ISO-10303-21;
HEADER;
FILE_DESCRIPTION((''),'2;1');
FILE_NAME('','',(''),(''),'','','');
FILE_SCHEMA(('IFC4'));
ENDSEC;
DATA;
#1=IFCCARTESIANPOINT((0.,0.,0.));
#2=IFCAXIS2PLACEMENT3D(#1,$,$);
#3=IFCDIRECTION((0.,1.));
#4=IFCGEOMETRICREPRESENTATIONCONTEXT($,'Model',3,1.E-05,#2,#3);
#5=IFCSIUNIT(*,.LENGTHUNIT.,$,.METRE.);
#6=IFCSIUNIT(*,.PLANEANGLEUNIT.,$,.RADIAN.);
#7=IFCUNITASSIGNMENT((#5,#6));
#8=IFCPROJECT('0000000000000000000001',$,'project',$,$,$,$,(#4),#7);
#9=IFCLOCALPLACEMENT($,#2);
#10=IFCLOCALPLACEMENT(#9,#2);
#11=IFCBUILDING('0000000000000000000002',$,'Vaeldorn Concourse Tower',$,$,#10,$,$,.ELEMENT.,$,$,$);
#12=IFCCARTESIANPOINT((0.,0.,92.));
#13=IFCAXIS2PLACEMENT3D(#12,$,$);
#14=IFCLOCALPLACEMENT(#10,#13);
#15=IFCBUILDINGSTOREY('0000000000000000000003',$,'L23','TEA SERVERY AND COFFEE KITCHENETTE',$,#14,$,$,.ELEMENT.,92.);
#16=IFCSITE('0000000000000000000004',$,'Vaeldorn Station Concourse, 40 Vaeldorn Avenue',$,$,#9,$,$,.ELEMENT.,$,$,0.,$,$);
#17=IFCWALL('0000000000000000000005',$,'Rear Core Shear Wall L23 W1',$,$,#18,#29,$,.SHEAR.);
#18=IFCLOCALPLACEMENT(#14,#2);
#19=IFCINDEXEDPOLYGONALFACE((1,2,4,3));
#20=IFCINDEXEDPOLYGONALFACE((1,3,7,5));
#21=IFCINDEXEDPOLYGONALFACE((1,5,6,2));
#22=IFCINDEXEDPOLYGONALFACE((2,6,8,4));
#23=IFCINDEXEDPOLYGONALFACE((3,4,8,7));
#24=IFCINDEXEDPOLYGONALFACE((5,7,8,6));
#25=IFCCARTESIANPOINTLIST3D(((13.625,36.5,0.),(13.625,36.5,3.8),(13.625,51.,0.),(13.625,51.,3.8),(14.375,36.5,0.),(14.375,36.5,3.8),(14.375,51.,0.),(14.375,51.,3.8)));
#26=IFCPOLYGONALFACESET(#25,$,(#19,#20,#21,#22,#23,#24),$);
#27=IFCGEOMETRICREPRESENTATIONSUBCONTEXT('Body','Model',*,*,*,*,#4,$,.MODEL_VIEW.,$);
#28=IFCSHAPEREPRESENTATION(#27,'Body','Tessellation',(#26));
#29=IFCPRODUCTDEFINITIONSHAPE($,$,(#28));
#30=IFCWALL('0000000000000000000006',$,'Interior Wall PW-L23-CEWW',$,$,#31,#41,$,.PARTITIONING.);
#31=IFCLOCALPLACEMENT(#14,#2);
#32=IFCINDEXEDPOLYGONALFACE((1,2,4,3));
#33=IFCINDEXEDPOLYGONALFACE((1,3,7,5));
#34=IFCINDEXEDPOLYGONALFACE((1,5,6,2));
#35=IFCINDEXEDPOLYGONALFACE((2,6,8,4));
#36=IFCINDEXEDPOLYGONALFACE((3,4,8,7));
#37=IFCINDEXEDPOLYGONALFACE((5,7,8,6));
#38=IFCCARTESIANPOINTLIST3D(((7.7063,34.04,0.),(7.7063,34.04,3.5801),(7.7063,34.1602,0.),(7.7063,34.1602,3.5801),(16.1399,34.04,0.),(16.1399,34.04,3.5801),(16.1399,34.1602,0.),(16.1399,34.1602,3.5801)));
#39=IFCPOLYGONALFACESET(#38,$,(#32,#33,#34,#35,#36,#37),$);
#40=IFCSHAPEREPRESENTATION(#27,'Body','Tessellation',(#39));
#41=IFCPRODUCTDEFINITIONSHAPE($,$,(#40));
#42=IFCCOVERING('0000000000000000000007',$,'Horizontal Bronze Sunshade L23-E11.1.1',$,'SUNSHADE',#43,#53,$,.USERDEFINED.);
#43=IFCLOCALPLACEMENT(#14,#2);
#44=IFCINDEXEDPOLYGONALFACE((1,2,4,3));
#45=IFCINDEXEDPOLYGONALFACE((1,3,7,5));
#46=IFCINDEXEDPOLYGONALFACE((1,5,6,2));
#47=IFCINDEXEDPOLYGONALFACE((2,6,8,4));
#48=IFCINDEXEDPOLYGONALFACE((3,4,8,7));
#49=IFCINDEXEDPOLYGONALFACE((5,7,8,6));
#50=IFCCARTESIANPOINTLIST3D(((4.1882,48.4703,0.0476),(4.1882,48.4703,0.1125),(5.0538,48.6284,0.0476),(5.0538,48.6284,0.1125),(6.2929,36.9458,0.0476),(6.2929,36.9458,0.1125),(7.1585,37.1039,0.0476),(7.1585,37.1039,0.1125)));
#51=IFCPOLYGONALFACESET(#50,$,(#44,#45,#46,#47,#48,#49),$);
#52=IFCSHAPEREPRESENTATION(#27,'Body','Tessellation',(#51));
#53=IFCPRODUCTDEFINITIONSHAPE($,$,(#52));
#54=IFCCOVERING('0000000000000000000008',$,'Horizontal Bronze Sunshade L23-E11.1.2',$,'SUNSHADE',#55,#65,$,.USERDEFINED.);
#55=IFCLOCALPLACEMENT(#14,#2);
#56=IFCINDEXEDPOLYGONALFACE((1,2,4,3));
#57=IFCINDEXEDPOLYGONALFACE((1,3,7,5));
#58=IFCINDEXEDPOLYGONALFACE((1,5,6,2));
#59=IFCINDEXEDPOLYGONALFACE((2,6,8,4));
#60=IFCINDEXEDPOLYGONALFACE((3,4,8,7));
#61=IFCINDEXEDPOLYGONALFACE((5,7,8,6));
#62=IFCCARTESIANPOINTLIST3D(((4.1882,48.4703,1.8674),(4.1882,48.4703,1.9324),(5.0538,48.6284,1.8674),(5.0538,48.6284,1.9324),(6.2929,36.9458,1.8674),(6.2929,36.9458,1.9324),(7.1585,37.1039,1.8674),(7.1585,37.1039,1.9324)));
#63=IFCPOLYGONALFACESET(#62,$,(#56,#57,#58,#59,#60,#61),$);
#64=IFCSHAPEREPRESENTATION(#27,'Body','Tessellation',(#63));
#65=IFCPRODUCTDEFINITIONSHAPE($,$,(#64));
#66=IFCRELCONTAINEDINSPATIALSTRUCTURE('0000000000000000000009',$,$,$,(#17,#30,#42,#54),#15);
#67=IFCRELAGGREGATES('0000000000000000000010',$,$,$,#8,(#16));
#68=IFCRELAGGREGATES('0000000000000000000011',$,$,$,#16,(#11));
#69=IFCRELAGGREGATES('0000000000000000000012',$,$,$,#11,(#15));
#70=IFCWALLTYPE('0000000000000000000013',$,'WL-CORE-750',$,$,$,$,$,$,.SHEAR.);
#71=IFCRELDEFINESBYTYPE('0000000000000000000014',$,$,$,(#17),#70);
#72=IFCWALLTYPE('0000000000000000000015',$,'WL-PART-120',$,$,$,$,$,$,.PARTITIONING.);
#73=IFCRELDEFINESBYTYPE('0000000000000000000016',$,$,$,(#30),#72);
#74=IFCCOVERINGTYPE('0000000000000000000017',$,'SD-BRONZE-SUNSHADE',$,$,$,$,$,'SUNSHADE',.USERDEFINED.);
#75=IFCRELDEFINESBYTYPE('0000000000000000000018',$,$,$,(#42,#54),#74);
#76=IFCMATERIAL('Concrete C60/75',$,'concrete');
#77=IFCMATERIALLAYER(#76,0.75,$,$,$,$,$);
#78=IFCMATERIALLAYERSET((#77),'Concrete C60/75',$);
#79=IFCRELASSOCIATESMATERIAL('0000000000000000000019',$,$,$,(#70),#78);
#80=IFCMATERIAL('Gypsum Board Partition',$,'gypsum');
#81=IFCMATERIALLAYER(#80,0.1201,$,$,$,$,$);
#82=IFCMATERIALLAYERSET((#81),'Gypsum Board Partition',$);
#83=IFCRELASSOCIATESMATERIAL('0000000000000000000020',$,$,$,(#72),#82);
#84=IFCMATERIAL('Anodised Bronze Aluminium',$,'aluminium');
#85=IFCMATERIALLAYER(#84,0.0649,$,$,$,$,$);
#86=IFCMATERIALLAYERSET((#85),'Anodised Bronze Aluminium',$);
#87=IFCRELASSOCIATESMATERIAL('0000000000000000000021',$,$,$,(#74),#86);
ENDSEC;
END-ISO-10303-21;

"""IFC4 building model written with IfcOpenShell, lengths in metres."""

from ifc_helpers import new_model, si_unit, direction, frame, frame_2d, origin, origin_2d, place, context, subcontext, project, spatial, rectangle, extrude, source, transform, mapped, material, layer, layer_set, type_object, element, save


model = new_model("IFC4")

# Units and contexts
model_context = context("Model", 3, precision=1e-05, world=origin(), true_north=direction((0.0, 1.0)))
body_context = subcontext(model_context, "Body", "Model", "MODEL_VIEW")
ifc_project = project(units=[si_unit("LENGTHUNIT", "METRE"), si_unit("PLANEANGLEUNIT", "RADIAN")], contexts=[model_context])

# Site, building, storey
site_placement = place(None, origin())
site = spatial("IfcSite", under=ifc_project, at=site_placement, Name="Vaeldorn Station Concourse, 40 Vaeldorn Avenue", CompositionType="ELEMENT", RefElevation=0.0)
building_placement = place(site_placement, origin())
building = spatial("IfcBuilding", under=site, at=building_placement, Name="Vaeldorn Concourse Tower", CompositionType="ELEMENT")
storey_placement = place(building_placement, frame((0.0, 0.0, 92.0)))
storey = spatial("IfcBuildingStorey", under=building, at=storey_placement, Name="L23", Description="TEA SERVERY AND COFFEE KITCHENETTE", CompositionType="ELEMENT", Elevation=92.0)

# Shared definitions
ifc_material_1 = material(Name="Concrete C60/75", Category="concrete")

# Shared definitions
ifc_material_2 = material(Name="Anodised Bronze Aluminium", Category="aluminium")

# Walls
ifc_layer_1 = layer(ifc_material_1, 0.75)
ifc_layer_set_1 = layer_set([ifc_layer_1], Name="Concrete C60/75")
wall_type_1 = type_object("IfcWallType", Name="WL-CORE-750", PredefinedType="SHEAR", material=ifc_layer_set_1)
wall_1_placement = place(storey_placement, frame((14.0, 36.5, 0.0), z_axis=(0.0, 0.0, 1.0), x_axis=(0.0, 1.0, 0.0)))
element("IfcWall", 1, at=wall_1_placement, inside=storey, type_object=wall_type_1, Name="Rear Core Shear Wall L23 W1", PredefinedType="SHEAR", context=body_context, shape_type="SweptSolid", body=[
    extrude(rectangle(XDim=14.5, YDim=0.75, at=frame_2d((7.25, 0.0))), origin(), (0.0, 0.0, 1.0), 3.8),
])
ifc_material_3 = material(Name="Gypsum Board Partition", Category="gypsum")
ifc_layer_2 = layer(ifc_material_3, 0.1201)
ifc_layer_set_2 = layer_set([ifc_layer_2], Name="Gypsum Board Partition")
wall_type_2 = type_object("IfcWallType", Name="WL-PART-120", PredefinedType="PARTITIONING", material=ifc_layer_set_2)
wall_2_placement = place(storey_placement, frame((7.7063, 34.1001, 0.0), z_axis=(0.0, 0.0, 1.0), x_axis=(1.0, 0.0, 0.0)))
element("IfcWall", 2, at=wall_2_placement, inside=storey, type_object=wall_type_2, Name="Interior Wall PW-L23-CEWW", PredefinedType="PARTITIONING", context=body_context, shape_type="SweptSolid", body=[
    extrude(rectangle(XDim=8.4336, YDim=0.1201, at=frame_2d((4.2168, 0.0))), origin(), (0.0, 0.0, 1.0), 3.5801),
])

# Coverings
ifc_layer_3 = layer(ifc_material_2, 0.0649)
ifc_layer_set_3 = layer_set([ifc_layer_3], Name="Anodised Bronze Aluminium")
covering_type = type_object("IfcCoveringType", Name="SD-BRONZE-SUNSHADE", ElementType="SUNSHADE", PredefinedType="USERDEFINED", material=ifc_layer_set_3)
shared_shape_1 = source(origin(), body_context, "Body", "SweptSolid", [
    extrude(rectangle(XDim=11.7151, YDim=0.8799, at=origin_2d()), origin(), (0.0, 0.0, 1.0), 0.0649),
])
for number, where, z_axis, x_axis, name in (
    (3, (5.6733, 42.7871, 0.0476), (0.0, 0.0, 1.0), (0.179661, -0.983729, 0.0), "Horizontal Bronze Sunshade L23-E11.1.1"),
    (4, (5.6733, 42.7871, 1.8674), (0.0, 0.0, 1.0), (0.179661, -0.983729, 0.0), "Horizontal Bronze Sunshade L23-E11.1.2"),
):
    element("IfcCovering", number, at=place(storey_placement, frame(where, z_axis=z_axis, x_axis=x_axis)), inside=storey, type_object=covering_type, Name=name, ObjectType="SUNSHADE", PredefinedType="USERDEFINED", context=body_context, shape_type="MappedRepresentation", body=[
        mapped(shared_shape_1, transform((0.0, 0.0, 0.0), scale=1.0)),
    ])

save(model, "model.ifc")
